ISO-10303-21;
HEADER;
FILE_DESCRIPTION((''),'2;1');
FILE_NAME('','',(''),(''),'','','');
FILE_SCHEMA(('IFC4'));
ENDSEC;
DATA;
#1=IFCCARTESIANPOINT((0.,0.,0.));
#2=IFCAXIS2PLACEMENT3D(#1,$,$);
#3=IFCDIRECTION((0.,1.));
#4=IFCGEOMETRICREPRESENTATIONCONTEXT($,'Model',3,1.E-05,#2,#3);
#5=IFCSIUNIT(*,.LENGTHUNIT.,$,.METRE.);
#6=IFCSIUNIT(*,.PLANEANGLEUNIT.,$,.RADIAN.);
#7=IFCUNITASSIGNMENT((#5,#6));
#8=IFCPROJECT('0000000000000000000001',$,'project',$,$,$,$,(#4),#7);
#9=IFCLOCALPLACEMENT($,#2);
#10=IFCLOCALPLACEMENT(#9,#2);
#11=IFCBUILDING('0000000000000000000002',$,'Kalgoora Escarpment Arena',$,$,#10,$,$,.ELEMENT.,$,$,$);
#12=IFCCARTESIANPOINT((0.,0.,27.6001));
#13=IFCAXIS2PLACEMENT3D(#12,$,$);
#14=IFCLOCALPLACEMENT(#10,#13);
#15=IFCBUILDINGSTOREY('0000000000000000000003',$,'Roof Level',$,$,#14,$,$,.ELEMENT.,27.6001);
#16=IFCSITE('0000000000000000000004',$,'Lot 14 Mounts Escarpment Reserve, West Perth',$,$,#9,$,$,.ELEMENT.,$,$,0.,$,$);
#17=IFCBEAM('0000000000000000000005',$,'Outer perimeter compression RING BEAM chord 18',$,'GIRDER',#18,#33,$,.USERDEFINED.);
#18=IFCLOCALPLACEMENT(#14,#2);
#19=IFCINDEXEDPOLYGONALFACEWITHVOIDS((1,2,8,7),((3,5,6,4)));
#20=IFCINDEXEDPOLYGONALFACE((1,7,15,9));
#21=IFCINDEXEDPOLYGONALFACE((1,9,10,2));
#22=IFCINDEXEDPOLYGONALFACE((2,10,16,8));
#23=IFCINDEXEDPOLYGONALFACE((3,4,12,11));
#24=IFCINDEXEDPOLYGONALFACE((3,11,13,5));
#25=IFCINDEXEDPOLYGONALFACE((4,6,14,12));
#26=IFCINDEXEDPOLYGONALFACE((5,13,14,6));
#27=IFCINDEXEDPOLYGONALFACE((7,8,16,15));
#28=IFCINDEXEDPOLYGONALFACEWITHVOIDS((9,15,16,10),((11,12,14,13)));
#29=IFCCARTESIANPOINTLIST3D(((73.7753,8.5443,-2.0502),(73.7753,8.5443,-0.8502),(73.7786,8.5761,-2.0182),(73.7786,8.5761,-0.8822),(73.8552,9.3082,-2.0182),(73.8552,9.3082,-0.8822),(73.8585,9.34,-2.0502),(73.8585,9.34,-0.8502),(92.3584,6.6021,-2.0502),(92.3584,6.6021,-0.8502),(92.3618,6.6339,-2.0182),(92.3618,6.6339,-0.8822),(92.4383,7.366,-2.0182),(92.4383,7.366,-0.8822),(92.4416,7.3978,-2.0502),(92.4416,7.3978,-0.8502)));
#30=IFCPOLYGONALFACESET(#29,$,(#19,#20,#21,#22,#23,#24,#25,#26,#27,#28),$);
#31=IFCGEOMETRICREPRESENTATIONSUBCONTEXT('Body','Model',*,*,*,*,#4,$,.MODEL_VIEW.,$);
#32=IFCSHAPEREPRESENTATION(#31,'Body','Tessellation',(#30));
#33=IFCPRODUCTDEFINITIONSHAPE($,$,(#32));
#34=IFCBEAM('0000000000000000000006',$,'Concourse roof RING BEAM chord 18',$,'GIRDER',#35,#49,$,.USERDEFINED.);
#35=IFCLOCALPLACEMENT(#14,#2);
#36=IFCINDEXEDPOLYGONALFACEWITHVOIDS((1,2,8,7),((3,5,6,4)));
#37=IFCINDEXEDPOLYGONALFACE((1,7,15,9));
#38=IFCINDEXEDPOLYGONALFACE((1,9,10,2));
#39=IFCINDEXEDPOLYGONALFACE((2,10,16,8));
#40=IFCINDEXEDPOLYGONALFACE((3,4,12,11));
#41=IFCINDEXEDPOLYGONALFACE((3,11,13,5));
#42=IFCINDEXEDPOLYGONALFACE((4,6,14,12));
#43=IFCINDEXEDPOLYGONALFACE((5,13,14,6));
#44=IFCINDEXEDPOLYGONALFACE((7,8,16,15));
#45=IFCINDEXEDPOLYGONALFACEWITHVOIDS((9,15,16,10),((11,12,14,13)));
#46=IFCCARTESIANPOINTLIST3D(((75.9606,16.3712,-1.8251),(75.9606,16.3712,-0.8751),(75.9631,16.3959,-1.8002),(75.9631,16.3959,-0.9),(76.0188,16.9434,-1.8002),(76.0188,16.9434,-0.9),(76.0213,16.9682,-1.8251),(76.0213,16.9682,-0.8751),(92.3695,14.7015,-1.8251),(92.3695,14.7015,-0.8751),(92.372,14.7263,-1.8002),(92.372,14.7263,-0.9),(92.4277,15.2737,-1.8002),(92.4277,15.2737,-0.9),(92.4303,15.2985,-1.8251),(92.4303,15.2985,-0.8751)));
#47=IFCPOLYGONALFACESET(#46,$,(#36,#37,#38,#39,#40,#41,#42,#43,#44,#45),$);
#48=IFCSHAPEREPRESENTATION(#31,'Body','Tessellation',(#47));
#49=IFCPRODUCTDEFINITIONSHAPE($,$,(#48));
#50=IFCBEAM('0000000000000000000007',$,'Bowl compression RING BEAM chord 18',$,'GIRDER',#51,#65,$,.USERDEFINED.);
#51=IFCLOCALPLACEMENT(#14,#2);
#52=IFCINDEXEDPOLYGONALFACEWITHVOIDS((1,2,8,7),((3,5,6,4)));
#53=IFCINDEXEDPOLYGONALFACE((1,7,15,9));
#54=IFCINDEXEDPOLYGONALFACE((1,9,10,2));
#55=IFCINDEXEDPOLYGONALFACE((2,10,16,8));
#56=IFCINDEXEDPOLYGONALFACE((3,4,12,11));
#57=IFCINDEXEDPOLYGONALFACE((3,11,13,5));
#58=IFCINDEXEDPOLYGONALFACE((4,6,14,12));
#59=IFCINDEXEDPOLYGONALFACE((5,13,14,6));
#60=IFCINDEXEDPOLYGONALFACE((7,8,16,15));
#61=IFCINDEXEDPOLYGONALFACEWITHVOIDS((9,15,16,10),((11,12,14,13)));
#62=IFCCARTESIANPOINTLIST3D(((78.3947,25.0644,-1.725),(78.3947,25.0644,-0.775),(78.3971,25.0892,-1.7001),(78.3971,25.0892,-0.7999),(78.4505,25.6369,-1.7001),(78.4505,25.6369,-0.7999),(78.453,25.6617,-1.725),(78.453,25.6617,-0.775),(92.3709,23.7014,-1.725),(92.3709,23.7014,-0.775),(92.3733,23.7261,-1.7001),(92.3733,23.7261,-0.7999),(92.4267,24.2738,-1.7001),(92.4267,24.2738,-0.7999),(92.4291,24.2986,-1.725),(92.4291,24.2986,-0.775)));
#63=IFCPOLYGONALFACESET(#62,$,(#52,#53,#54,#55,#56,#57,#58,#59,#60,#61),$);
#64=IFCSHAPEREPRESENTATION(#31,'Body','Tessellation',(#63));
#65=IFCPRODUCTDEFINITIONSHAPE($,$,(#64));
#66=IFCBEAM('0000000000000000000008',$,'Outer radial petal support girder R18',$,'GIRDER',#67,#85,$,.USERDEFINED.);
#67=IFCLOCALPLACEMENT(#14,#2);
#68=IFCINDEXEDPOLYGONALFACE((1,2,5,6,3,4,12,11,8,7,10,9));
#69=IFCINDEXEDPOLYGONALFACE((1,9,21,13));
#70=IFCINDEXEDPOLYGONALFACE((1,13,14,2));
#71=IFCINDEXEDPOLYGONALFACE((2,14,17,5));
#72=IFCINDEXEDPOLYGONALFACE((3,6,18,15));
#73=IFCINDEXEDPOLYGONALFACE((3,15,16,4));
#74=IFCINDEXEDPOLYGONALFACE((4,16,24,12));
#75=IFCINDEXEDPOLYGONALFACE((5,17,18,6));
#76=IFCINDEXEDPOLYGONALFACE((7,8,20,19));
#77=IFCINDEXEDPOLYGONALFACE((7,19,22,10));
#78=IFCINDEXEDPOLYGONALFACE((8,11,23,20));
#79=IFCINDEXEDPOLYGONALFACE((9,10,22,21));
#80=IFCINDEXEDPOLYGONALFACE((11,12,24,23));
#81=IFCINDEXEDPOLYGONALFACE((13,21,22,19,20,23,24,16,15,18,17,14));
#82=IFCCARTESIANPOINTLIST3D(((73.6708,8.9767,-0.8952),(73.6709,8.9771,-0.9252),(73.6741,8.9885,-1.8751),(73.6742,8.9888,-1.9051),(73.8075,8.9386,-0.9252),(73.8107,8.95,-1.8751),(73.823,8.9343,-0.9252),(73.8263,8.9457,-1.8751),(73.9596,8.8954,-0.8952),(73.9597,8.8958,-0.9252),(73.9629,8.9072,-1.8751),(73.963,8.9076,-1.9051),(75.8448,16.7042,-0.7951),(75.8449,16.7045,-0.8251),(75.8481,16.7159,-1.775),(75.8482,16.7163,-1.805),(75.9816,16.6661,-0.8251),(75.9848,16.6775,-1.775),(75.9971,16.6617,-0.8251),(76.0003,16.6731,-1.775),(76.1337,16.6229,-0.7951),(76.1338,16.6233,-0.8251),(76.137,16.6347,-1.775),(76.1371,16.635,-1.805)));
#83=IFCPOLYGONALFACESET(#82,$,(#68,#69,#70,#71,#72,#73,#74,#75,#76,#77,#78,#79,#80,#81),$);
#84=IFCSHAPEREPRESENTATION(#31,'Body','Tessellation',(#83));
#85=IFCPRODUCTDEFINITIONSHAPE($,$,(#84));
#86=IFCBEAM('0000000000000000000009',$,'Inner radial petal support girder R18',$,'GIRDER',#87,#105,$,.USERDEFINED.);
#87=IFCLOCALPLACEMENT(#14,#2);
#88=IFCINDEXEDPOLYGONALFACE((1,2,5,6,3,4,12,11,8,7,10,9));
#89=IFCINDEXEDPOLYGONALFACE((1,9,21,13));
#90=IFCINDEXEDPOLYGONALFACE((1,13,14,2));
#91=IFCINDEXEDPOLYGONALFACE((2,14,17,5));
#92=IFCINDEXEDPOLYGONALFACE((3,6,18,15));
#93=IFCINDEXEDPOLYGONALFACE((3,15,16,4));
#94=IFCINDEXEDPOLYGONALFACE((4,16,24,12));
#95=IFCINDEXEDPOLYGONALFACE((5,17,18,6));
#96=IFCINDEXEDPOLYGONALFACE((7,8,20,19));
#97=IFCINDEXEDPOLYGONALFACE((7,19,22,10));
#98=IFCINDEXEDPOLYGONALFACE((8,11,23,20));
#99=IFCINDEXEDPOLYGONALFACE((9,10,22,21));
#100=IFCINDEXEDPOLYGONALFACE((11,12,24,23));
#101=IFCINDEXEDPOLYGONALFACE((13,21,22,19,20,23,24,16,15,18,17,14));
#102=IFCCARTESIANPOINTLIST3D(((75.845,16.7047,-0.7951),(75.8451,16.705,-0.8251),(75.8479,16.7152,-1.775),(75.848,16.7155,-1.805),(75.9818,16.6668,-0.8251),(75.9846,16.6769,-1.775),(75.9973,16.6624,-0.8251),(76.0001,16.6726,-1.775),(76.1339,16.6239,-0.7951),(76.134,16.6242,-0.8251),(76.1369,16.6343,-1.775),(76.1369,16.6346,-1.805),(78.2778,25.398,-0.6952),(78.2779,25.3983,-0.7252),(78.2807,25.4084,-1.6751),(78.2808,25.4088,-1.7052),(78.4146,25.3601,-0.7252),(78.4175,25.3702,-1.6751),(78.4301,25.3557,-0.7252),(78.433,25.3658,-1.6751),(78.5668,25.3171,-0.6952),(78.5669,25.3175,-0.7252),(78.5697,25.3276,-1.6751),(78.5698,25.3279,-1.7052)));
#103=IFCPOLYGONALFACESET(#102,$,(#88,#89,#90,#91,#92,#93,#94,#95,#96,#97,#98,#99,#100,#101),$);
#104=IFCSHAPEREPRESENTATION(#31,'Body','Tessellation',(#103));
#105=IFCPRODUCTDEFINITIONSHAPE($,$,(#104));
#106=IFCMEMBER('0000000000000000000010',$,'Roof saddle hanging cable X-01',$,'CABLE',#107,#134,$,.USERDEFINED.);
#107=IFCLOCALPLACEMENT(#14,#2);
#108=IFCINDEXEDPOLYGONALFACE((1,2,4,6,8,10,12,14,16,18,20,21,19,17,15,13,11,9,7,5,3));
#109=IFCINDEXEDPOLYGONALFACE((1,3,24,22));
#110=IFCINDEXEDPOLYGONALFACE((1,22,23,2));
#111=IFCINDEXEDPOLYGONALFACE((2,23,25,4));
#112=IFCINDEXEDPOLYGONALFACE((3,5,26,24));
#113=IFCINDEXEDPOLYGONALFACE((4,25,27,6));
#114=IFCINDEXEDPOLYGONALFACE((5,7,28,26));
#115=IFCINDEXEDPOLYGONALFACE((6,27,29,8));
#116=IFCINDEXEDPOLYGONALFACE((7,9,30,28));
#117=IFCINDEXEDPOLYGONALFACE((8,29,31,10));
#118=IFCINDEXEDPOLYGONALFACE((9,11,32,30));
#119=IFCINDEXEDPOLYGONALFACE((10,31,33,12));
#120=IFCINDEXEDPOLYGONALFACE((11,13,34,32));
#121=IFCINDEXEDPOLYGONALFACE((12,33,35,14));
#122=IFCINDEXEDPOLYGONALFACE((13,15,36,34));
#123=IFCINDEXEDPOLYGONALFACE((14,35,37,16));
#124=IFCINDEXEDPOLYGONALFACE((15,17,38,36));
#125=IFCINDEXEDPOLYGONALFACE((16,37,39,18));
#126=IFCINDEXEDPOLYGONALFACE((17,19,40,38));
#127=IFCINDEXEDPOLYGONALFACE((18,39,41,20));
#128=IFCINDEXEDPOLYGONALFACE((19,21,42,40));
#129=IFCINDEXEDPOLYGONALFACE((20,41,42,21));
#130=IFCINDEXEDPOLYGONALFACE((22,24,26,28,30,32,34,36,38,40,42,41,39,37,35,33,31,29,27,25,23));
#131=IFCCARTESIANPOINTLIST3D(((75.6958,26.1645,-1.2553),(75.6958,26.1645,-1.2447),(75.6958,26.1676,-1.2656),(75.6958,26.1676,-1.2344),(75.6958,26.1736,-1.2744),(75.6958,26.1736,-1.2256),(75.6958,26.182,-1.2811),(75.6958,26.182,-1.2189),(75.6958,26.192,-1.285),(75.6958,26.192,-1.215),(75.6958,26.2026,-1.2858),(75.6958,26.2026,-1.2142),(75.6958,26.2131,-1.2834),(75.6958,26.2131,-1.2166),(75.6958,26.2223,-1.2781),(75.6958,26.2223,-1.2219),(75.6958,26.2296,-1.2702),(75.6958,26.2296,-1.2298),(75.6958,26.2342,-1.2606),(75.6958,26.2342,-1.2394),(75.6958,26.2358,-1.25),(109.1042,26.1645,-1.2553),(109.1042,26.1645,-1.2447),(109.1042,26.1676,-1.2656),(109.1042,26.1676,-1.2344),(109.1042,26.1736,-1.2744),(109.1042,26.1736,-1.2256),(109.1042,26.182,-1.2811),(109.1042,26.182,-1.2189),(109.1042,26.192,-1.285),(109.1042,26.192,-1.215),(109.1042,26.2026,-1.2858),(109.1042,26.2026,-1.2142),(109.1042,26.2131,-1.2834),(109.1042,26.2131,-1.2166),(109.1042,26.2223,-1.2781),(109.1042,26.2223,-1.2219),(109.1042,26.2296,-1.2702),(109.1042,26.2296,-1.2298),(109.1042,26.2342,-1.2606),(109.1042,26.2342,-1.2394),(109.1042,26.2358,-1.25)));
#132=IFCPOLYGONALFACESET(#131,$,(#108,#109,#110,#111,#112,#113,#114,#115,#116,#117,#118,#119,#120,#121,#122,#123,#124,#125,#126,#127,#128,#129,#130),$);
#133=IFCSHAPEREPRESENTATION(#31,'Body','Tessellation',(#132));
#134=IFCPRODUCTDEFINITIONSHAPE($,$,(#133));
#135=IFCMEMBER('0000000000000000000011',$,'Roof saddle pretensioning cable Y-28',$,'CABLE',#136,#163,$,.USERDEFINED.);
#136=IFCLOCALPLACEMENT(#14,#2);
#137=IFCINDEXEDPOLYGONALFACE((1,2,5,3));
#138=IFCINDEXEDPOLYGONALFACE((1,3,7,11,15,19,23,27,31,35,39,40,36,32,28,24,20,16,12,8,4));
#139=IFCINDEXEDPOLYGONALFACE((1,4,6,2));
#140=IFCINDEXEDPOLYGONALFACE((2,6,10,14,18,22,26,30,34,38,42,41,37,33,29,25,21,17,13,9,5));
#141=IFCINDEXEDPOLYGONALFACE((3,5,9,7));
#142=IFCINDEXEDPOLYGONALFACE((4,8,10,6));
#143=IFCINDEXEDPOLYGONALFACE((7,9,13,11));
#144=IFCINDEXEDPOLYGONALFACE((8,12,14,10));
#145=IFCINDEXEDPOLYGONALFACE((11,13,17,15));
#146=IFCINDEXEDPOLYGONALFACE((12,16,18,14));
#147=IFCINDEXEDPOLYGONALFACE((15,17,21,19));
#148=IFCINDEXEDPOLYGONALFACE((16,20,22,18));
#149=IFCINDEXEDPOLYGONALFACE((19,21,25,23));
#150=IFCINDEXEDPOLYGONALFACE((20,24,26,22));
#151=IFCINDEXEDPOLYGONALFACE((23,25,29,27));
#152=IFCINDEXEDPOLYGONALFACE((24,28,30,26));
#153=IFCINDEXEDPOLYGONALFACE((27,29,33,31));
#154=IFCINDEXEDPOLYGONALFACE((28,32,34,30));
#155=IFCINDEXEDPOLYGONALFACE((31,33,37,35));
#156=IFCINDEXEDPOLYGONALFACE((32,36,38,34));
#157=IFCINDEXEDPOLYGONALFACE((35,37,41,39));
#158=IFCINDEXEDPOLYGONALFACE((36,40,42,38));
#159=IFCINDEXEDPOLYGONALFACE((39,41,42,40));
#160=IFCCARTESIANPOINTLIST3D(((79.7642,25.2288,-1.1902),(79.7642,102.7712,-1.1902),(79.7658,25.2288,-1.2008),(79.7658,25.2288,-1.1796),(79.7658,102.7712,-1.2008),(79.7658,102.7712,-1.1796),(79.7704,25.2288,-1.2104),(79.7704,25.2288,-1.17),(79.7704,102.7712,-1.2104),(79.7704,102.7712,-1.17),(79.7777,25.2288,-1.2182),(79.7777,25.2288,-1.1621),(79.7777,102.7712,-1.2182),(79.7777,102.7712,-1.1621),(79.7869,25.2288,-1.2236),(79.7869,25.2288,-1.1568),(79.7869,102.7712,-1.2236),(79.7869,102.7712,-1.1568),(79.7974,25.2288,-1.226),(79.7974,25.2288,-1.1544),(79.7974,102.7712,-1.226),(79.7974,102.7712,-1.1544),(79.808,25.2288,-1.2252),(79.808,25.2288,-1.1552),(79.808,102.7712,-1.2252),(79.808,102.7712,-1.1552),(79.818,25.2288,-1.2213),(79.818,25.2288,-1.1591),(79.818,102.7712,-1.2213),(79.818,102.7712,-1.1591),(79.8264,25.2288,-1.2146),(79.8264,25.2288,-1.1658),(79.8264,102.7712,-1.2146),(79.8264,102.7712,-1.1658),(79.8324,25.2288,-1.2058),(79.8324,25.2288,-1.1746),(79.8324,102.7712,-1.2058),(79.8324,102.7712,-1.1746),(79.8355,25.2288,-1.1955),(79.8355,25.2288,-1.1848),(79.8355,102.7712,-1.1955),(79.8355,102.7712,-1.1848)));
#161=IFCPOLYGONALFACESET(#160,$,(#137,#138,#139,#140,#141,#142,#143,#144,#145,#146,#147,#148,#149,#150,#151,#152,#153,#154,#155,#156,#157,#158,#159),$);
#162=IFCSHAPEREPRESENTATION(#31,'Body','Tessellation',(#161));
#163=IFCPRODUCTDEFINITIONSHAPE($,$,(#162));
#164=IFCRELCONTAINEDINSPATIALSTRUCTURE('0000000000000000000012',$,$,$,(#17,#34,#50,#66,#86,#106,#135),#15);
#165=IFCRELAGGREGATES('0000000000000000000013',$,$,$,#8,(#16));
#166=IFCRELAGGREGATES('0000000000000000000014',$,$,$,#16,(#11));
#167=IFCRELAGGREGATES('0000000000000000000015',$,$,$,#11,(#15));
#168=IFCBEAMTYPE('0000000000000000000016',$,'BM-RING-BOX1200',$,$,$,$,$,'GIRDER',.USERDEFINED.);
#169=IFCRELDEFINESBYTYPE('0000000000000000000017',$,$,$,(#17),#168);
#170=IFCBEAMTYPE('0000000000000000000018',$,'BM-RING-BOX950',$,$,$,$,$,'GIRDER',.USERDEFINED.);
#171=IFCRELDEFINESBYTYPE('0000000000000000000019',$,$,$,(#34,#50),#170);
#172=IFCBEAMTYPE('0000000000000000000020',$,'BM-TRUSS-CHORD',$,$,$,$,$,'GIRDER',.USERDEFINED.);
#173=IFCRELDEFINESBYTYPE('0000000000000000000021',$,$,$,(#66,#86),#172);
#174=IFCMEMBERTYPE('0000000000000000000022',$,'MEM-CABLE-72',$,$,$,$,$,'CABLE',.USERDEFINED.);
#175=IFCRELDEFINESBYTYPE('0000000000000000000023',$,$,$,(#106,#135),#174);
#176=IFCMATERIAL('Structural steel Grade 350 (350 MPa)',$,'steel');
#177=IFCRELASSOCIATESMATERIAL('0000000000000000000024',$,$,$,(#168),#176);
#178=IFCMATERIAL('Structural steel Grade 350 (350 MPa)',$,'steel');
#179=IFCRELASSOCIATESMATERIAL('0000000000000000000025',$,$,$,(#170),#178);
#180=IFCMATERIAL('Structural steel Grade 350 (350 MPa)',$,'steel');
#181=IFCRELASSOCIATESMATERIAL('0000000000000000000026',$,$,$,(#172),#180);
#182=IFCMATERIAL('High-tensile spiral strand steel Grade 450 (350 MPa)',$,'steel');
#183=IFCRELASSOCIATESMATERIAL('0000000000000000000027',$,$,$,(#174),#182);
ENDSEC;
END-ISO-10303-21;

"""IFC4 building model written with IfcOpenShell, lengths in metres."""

from ifc_helpers import new_model, si_unit, direction, frame, origin, origin_2d, place, context, subcontext, project, spatial, hollow_rectangle, circle, i_section, extrude, material, material_profile, profile_set, type_object, element, save


model = new_model("IFC4")

# Units and contexts
model_context = context("Model", 3, precision=1e-05, world=origin(), true_north=direction((0.0, 1.0)))
body_context = subcontext(model_context, "Body", "Model", "MODEL_VIEW")
ifc_project = project(units=[si_unit("LENGTHUNIT", "METRE"), si_unit("PLANEANGLEUNIT", "RADIAN")], contexts=[model_context])

# Site, building, storey
site_placement = place(None, origin())
site = spatial("IfcSite", under=ifc_project, at=site_placement, Name="Lot 14 Mounts Escarpment Reserve, West Perth", CompositionType="ELEMENT", RefElevation=0.0)
building_placement = place(site_placement, origin())
building = spatial("IfcBuilding", under=site, at=building_placement, Name="Kalgoora Escarpment Arena", CompositionType="ELEMENT")
storey_placement = place(building_placement, frame((0.0, 0.0, 27.6001)))
storey = spatial("IfcBuildingStorey", under=building, at=storey_placement, Name="Roof Level", CompositionType="ELEMENT", Elevation=27.6001)

# Beams
ifc_material_1 = material(Name="Structural steel Grade 350 (350 MPa)", Category="steel")
ifc_material_profile_1 = material_profile(ifc_material_1, hollow_rectangle(XDim=0.8, YDim=1.2, WallThickness=0.032, at=origin_2d()))
ifc_profile_set_1 = profile_set([ifc_material_profile_1], Name="Structural steel Grade 350 (350 MPa)")
beam_type_1 = type_object("IfcBeamType", Name="BM-RING-BOX1200", ElementType="GIRDER", PredefinedType="USERDEFINED", material=ifc_profile_set_1)
beam_1_placement = place(storey_placement, frame((73.8169, 8.9421, -1.4502), z_axis=(0.994583, -0.103945, 0.0), x_axis=(0.103945, 0.994583, 0.0)))
element("IfcBeam", 1, at=beam_1_placement, inside=storey, type_object=beam_type_1, Name="Outer perimeter compression RING BEAM chord 18", ObjectType="GIRDER", PredefinedType="USERDEFINED", context=body_context, shape_type="SweptSolid", body=[
    extrude(hollow_rectangle(XDim=0.8, YDim=1.2, WallThickness=0.032, at=origin_2d()), origin(), (0.0, 0.0, 1.0), 18.6843),
])
ifc_material_2 = material(Name="Structural steel Grade 350 (350 MPa)", Category="steel")
ifc_material_profile_2 = material_profile(ifc_material_2, hollow_rectangle(XDim=0.6001, YDim=0.95, WallThickness=0.0249, at=origin_2d()))
ifc_profile_set_2 = profile_set([ifc_material_profile_2], Name="Structural steel Grade 350 (350 MPa)")
beam_type_2 = type_object("IfcBeamType", Name="BM-RING-BOX950", ElementType="GIRDER", PredefinedType="USERDEFINED", material=ifc_profile_set_2)
beam_2_placement = place(storey_placement, frame((75.991, 16.6697, -1.3501), z_axis=(0.994863, -0.101231, 0.0), x_axis=(0.101231, 0.994863, 0.0)))
element("IfcBeam", 2, at=beam_2_placement, inside=storey, type_object=beam_type_2, Name="Concourse roof RING BEAM chord 18", ObjectType="GIRDER", PredefinedType="USERDEFINED", context=body_context, shape_type="SweptSolid", body=[
    extrude(hollow_rectangle(XDim=0.6001, YDim=0.95, WallThickness=0.0249, at=origin_2d()), origin(), (0.0, 0.0, 1.0), 16.4937),
])
beam_3_placement = place(storey_placement, frame((78.4238, 25.363, -1.25), z_axis=(0.995278, -0.097066, 0.0), x_axis=(0.097066, 0.995278, 0.0)))
element("IfcBeam", 3, at=beam_3_placement, inside=storey, type_object=beam_type_2, Name="Bowl compression RING BEAM chord 18", ObjectType="GIRDER", PredefinedType="USERDEFINED", context=body_context, shape_type="SweptSolid", body=[
    extrude(hollow_rectangle(XDim=0.6001, YDim=0.95, WallThickness=0.0249, at=origin_2d()), origin(), (0.0, 0.0, 1.0), 14.0425),
])
ifc_material_3 = material(Name="Structural steel Grade 350 (350 MPa)", Category="steel")
ifc_material_profile_3 = material_profile(ifc_material_3, i_section(OverallWidth=0.3, OverallDepth=1.01, WebThickness=0.0161, FlangeThickness=0.03, at=origin_2d()))
ifc_profile_set_3 = profile_set([ifc_material_profile_3], Name="Structural steel Grade 350 (350 MPa)")
beam_type_3 = type_object("IfcBeamType", Name="BM-TRUSS-CHORD", ElementType="GIRDER", PredefinedType="USERDEFINED", material=ifc_profile_set_3)
beam_4_placement = place(storey_placement, frame((73.8169, 8.9421, -1.4001), z_axis=(0.270806, 0.962553, 0.012468), x_axis=(-0.962628, 0.270827, 0.0)))
element("IfcBeam", 4, at=beam_4_placement, inside=storey, type_object=beam_type_3, Name="Outer radial petal support girder R18", ObjectType="GIRDER", PredefinedType="USERDEFINED", context=body_context, shape_type="SweptSolid", body=[
    extrude(i_section(OverallWidth=0.3, OverallDepth=1.01, WebThickness=0.0161, FlangeThickness=0.03, at=origin_2d()), origin(), (0.0, 0.0, 1.0), 8.0281),
])
beam_5_placement = place(storey_placement, frame((75.991, 16.6697, -1.3), z_axis=(0.269482, 0.962942, 0.011061), x_axis=(-0.963001, 0.269499, 0.0)))
element("IfcBeam", 5, at=beam_5_placement, inside=storey, type_object=beam_type_3, Name="Inner radial petal support girder R18", ObjectType="GIRDER", PredefinedType="USERDEFINED", context=body_context, shape_type="SweptSolid", body=[
    extrude(i_section(OverallWidth=0.3, OverallDepth=1.01, WebThickness=0.0161, FlangeThickness=0.03, at=origin_2d()), origin(), (0.0, 0.0, 1.0), 9.0278),
])

# Members
ifc_material_4 = material(Name="High-tensile spiral strand steel Grade 450 (350 MPa)", Category="steel")
ifc_material_profile_4 = material_profile(ifc_material_4, circle(Radius=0.0359, at=origin_2d()))
ifc_profile_set_4 = profile_set([ifc_material_profile_4], Name="High-tensile spiral strand steel Grade 450 (350 MPa)")
member_type_1 = type_object("IfcMemberType", Name="MEM-CABLE-72", ElementType="CABLE", PredefinedType="USERDEFINED", material=ifc_profile_set_4)
member_1_placement = place(storey_placement, frame((75.6958, 26.2, -1.25), z_axis=(1.0, 0.0, 0.0), x_axis=(0.0, 1.0, 0.0)))
element("IfcMember", 6, at=member_1_placement, inside=storey, type_object=member_type_1, Name="Roof saddle hanging cable X-01", ObjectType="CABLE", PredefinedType="USERDEFINED", context=body_context, shape_type="SweptSolid", body=[
    extrude(circle(Radius=0.0359, at=origin_2d()), origin(), (0.0, 0.0, 1.0), 33.4084),
])
member_2_placement = place(storey_placement, frame((79.8, 25.2288, -1.1902), z_axis=(0.0, 1.0, 0.0), x_axis=(-1.0, 0.0, 0.0)))
element("IfcMember", 7, at=member_2_placement, inside=storey, type_object=member_type_1, Name="Roof saddle pretensioning cable Y-28", ObjectType="CABLE", PredefinedType="USERDEFINED", context=body_context, shape_type="SweptSolid", body=[
    extrude(circle(Radius=0.0359, at=origin_2d()), origin(), (0.0, 0.0, 1.0), 77.5425),
])

save(model, "model.ifc")
